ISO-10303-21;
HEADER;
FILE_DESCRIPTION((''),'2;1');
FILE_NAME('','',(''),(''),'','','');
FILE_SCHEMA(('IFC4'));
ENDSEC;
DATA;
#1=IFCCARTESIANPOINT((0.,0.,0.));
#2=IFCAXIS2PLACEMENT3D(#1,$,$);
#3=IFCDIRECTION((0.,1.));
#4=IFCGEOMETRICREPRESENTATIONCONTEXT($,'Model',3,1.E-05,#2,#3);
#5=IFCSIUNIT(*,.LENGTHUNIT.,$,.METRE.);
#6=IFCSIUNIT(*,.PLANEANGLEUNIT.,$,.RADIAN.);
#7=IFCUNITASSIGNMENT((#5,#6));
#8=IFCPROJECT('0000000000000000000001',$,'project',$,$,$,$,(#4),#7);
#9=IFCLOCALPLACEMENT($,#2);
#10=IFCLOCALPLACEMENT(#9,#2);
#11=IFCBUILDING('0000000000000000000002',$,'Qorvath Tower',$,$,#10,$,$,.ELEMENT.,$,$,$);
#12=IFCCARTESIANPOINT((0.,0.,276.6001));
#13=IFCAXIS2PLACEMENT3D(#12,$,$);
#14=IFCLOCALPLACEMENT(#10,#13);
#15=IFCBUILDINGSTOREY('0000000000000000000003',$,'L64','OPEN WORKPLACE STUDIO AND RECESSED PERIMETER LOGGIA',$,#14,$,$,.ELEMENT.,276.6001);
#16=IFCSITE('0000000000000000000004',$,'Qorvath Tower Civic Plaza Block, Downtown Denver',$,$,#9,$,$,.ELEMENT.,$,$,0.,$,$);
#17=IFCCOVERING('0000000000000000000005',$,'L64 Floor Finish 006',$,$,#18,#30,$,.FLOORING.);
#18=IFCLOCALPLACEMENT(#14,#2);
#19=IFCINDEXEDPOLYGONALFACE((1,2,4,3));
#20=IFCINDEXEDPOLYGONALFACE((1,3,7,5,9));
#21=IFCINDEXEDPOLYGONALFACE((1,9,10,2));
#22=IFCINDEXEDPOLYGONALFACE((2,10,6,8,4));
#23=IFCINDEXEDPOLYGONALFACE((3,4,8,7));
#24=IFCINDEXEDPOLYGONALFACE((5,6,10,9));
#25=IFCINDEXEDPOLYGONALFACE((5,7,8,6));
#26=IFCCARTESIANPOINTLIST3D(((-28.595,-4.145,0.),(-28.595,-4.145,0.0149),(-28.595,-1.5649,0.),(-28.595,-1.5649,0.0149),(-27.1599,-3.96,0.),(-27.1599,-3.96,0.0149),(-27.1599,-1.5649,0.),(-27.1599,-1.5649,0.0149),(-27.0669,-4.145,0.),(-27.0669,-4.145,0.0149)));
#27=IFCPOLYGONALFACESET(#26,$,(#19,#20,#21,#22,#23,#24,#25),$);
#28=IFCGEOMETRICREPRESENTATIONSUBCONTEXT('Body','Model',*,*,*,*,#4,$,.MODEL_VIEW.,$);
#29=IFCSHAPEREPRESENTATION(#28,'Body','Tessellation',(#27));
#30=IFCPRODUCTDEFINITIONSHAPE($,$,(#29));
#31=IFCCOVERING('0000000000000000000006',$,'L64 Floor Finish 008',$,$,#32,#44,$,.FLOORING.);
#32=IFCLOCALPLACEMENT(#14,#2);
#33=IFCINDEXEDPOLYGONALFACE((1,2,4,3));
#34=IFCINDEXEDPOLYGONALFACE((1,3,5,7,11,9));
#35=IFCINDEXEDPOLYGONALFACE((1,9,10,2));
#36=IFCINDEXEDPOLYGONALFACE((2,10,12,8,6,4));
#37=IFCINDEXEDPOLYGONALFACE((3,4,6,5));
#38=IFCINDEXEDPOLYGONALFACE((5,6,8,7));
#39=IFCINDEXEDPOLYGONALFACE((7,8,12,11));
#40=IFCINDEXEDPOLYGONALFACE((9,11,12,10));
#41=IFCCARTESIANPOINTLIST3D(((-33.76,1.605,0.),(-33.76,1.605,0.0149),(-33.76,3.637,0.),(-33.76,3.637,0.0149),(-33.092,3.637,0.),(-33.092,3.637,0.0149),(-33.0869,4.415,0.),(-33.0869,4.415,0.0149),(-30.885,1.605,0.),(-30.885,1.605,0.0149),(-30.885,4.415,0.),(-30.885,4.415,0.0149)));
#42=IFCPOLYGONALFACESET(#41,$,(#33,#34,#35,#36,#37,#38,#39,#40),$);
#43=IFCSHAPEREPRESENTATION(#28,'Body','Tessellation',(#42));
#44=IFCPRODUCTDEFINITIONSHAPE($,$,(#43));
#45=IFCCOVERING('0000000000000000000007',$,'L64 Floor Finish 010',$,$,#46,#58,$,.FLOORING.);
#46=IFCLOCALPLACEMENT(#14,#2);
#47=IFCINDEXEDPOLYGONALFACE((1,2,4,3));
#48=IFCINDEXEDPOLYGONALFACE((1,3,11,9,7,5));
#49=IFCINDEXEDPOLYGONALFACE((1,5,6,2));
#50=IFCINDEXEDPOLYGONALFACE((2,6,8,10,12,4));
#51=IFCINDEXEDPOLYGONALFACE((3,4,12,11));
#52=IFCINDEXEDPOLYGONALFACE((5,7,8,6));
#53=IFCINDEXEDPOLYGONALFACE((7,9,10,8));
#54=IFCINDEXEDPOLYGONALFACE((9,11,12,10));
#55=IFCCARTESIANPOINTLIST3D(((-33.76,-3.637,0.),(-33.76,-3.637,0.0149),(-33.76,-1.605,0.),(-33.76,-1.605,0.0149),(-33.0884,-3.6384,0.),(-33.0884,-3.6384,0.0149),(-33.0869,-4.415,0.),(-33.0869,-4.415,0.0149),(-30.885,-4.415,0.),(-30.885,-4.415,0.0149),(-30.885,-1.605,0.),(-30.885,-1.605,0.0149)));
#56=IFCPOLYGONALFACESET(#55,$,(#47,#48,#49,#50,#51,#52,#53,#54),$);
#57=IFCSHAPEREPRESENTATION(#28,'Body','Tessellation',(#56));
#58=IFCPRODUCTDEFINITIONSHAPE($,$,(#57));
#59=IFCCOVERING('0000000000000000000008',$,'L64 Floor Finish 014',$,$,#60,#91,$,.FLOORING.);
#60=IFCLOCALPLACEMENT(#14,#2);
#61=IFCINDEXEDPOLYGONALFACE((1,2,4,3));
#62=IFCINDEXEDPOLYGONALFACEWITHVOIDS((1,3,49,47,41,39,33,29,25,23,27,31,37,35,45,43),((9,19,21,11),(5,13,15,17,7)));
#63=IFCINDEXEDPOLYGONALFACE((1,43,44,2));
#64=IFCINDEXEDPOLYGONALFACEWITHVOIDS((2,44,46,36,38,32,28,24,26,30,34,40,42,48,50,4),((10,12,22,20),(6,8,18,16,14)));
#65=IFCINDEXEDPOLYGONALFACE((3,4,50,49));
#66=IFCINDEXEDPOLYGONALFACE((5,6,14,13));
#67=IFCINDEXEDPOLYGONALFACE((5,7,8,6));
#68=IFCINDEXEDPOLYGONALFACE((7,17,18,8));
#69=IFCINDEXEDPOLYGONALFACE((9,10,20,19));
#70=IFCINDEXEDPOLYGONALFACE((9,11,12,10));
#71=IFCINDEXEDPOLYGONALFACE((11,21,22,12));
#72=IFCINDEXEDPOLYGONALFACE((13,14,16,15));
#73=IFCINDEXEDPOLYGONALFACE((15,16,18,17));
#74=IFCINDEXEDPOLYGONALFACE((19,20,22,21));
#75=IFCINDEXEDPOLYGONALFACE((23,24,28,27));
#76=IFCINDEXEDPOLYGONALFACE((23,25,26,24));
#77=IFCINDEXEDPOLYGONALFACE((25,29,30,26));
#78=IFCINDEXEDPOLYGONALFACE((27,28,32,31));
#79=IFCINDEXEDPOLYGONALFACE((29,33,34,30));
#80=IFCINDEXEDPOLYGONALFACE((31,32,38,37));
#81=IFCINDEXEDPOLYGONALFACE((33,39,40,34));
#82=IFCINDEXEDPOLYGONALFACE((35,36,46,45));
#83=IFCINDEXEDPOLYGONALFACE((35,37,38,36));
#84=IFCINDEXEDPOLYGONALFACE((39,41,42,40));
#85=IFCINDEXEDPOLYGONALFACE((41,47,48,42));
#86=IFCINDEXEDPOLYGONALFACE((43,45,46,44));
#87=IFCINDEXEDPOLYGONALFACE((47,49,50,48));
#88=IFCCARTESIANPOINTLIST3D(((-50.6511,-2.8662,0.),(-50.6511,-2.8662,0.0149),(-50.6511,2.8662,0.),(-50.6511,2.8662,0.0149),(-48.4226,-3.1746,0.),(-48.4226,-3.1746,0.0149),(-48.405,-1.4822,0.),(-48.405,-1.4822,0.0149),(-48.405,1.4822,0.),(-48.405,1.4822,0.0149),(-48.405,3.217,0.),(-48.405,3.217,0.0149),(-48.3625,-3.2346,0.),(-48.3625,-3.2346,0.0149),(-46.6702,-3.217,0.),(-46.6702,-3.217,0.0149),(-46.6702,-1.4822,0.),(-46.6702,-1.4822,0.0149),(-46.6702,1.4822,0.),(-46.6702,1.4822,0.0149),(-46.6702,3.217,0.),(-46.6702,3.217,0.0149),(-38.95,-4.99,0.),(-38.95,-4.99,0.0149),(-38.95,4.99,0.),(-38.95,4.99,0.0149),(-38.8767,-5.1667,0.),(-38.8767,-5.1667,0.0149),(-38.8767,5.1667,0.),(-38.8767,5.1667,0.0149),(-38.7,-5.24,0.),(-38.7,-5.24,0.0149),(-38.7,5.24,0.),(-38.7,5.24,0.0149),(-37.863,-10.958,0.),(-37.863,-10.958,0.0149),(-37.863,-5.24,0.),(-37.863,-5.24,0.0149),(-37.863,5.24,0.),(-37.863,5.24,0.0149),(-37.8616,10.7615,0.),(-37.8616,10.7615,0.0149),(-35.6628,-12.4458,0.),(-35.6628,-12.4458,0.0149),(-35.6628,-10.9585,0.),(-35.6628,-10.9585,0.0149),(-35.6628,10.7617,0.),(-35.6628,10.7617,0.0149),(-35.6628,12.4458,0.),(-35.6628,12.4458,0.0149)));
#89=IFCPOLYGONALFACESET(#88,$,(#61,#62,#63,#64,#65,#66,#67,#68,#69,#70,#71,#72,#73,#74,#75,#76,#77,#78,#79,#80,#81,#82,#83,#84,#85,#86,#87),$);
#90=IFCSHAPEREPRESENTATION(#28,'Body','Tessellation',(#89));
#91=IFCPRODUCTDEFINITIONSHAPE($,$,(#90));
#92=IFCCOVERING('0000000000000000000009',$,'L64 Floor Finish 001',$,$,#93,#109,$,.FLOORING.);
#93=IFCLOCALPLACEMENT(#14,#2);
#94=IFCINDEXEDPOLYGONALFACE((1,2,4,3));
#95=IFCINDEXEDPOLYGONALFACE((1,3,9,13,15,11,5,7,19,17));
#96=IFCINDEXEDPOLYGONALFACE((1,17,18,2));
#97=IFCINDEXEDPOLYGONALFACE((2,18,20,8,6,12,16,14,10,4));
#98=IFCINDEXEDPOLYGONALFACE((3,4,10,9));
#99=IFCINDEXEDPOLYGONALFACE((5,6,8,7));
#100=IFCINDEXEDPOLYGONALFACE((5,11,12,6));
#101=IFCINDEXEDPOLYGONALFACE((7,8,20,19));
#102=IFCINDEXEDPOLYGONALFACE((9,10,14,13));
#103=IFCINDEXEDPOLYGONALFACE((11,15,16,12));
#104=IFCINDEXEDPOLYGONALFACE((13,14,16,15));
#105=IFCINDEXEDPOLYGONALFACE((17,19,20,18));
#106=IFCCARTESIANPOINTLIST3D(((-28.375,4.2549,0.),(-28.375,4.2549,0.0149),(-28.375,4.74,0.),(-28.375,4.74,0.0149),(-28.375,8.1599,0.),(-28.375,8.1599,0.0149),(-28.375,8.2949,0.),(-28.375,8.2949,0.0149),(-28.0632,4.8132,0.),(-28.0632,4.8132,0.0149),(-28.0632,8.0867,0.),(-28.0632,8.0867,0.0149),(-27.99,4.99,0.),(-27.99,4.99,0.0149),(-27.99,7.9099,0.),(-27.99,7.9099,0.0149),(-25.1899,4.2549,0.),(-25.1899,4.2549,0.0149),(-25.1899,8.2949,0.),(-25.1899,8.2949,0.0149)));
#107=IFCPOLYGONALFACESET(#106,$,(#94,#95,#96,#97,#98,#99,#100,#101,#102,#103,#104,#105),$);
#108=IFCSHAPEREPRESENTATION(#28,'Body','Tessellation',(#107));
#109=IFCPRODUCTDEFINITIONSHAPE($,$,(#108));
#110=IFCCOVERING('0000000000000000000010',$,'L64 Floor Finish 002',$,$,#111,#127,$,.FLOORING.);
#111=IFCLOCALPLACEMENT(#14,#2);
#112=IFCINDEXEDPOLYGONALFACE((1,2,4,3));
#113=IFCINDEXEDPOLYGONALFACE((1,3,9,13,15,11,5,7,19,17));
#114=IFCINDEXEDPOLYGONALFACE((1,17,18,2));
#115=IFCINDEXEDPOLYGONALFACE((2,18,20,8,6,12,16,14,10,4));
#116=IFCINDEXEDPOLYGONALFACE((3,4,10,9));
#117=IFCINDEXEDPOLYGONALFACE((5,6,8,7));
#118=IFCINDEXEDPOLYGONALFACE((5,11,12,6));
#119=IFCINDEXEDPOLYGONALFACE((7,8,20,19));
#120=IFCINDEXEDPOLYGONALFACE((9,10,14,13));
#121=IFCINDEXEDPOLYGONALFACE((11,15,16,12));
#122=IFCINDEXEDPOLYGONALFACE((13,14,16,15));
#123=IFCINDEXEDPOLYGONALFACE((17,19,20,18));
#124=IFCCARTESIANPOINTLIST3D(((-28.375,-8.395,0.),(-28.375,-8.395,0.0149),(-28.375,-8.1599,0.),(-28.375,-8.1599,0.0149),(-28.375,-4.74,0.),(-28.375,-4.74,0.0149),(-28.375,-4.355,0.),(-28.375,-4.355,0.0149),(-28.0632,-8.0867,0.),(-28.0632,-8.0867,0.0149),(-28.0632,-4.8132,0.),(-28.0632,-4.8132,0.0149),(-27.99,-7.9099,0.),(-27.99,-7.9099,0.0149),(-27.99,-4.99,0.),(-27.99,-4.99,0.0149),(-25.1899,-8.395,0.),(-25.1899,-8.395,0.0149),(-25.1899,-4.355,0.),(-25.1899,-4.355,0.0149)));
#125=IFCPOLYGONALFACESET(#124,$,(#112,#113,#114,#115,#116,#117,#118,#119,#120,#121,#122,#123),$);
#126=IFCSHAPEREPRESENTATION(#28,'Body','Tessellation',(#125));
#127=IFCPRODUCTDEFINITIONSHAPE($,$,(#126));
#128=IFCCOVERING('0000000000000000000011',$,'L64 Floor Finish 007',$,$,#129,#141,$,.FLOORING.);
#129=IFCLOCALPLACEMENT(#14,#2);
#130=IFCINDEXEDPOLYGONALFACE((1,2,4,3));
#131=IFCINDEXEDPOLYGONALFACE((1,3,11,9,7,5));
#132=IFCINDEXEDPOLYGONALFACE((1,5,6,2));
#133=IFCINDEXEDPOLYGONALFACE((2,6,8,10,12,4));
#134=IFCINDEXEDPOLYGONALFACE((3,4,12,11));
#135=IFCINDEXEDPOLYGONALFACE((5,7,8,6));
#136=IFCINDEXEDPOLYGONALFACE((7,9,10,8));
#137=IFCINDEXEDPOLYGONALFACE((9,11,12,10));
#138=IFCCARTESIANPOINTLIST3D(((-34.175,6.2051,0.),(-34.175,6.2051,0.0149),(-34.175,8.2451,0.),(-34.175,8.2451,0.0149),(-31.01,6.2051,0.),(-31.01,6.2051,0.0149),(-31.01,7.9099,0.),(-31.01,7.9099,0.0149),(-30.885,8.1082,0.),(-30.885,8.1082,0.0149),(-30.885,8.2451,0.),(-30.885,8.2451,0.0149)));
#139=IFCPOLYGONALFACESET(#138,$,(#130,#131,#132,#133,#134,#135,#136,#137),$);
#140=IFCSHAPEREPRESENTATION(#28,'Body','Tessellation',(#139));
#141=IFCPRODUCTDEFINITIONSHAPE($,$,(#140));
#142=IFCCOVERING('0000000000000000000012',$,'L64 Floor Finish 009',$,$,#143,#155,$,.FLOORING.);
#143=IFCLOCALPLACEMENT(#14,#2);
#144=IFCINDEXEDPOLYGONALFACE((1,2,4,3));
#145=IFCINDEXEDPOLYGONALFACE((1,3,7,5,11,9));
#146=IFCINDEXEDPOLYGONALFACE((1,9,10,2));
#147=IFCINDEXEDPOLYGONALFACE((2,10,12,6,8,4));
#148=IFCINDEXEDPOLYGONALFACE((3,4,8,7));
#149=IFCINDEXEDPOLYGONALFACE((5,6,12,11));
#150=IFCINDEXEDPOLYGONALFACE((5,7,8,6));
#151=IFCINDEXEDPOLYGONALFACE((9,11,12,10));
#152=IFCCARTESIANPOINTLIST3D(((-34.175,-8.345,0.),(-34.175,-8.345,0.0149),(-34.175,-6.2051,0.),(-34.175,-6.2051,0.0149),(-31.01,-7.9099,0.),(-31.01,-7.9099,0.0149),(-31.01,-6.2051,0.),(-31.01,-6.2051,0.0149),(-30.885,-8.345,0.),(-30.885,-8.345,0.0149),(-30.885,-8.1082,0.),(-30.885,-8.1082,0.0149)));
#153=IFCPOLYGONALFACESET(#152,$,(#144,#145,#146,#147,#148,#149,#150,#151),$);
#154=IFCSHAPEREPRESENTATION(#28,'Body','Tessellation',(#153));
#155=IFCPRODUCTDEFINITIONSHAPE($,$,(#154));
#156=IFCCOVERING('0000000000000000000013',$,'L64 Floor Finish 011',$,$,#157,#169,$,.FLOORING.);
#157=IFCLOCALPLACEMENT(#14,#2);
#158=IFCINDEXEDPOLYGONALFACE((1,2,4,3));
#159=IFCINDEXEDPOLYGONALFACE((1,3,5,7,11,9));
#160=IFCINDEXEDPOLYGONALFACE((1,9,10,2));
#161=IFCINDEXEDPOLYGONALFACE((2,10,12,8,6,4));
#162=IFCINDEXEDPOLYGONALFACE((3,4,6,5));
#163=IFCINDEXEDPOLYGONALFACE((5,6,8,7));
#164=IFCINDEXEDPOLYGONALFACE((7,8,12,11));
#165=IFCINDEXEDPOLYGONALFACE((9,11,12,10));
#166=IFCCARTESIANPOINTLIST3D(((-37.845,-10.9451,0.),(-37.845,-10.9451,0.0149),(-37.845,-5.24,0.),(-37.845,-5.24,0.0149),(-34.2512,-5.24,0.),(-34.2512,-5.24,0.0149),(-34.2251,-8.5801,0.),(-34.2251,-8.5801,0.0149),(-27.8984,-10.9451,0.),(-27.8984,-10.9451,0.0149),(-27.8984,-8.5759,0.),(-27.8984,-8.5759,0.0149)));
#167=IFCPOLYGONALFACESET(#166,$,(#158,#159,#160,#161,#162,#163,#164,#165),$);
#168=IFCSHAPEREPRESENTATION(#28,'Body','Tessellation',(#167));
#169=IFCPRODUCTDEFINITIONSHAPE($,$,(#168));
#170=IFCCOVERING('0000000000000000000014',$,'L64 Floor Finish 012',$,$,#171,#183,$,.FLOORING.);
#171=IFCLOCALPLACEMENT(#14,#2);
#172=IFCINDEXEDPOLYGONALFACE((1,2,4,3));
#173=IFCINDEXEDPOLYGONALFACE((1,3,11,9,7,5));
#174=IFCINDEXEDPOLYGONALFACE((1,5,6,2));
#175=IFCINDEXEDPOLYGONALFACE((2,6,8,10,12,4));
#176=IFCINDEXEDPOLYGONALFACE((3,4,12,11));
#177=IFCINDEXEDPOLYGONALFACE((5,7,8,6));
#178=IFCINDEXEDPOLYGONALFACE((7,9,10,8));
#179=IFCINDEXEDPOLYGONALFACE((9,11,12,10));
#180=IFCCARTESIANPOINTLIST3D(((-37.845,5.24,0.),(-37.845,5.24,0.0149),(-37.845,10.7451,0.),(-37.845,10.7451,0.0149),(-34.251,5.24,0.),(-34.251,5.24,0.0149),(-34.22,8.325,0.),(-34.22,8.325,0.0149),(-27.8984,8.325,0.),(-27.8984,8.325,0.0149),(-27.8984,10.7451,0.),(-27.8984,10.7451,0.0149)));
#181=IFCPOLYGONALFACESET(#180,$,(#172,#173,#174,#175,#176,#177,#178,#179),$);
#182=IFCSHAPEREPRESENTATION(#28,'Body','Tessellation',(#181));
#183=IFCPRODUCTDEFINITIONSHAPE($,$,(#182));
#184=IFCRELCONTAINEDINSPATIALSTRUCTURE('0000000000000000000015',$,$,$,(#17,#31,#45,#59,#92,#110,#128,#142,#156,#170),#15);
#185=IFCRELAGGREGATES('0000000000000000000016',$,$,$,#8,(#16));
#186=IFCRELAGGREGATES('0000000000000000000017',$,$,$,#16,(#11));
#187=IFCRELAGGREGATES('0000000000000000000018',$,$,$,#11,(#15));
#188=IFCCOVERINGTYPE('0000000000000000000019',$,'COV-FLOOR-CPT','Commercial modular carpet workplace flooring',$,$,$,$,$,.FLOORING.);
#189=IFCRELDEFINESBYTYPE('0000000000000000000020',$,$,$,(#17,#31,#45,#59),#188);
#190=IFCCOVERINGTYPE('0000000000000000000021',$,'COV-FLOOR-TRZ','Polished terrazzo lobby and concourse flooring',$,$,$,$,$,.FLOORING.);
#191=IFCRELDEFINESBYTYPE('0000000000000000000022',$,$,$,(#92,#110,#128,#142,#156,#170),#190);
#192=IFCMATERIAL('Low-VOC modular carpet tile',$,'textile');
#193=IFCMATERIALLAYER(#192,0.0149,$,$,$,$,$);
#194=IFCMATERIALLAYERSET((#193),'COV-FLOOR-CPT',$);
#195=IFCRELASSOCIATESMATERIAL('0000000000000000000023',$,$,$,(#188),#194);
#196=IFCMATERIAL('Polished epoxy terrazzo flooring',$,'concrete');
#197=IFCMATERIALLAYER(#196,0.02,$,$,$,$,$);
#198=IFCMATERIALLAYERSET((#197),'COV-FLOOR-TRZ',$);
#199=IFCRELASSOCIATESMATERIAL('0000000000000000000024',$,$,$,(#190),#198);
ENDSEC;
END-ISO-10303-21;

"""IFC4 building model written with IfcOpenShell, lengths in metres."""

from ifc_helpers import new_model, si_unit, direction, frame, origin, place, context, subcontext, project, spatial, polyline, outline, extrude, material, layer, layer_set, type_object, element, save


model = new_model("IFC4")

# Units and contexts
model_context = context("Model", 3, precision=1e-05, world=origin(), true_north=direction((0.0, 1.0)))
body_context = subcontext(model_context, "Body", "Model", "MODEL_VIEW")
ifc_project = project(units=[si_unit("LENGTHUNIT", "METRE"), si_unit("PLANEANGLEUNIT", "RADIAN")], contexts=[model_context])

# Site, building, storey
site_placement = place(None, origin())
site = spatial("IfcSite", under=ifc_project, at=site_placement, Name="Qorvath Tower Civic Plaza Block, Downtown Denver", CompositionType="ELEMENT", RefElevation=0.0)
building_placement = place(site_placement, origin())
building = spatial("IfcBuilding", under=site, at=building_placement, Name="Qorvath Tower", CompositionType="ELEMENT")
storey_placement = place(building_placement, frame((0.0, 0.0, 276.6001)))
storey = spatial("IfcBuildingStorey", under=building, at=storey_placement, Name="L64", Description="OPEN WORKPLACE STUDIO AND RECESSED PERIMETER LOGGIA", CompositionType="ELEMENT", Elevation=276.6001)

# Coverings
ifc_material_1 = material(Name="Low-VOC modular carpet tile", Category="textile")
ifc_layer_1 = layer(ifc_material_1, 0.0149)
ifc_layer_set_1 = layer_set([ifc_layer_1], Name="COV-FLOOR-CPT")
covering_type_1 = type_object("IfcCoveringType", Name="COV-FLOOR-CPT", Description="Commercial modular carpet workplace flooring", PredefinedType="FLOORING", material=ifc_layer_set_1)
covering_1_placement = place(storey_placement, origin())
element("IfcCovering", 1, at=covering_1_placement, inside=storey, type_object=covering_type_1, Name="L64 Floor Finish 006", PredefinedType="FLOORING", context=body_context, shape_type="SweptSolid", body=[
    extrude(outline(polyline([(-27.0669, -4.145), (-27.1599, -3.96), (-27.1599, -1.5649), (-28.595, -1.5649), (-28.595, -4.145), (-27.0669, -4.145)])), origin(), (0.0, 0.0, 1.0), 0.0149),
])
covering_2_placement = place(storey_placement, origin())
element("IfcCovering", 2, at=covering_2_placement, inside=storey, type_object=covering_type_1, Name="L64 Floor Finish 008", PredefinedType="FLOORING", context=body_context, shape_type="SweptSolid", body=[
    extrude(outline(polyline([(-33.76, 3.637), (-33.76, 1.605), (-30.885, 1.605), (-30.885, 4.415), (-33.0869, 4.415), (-33.092, 3.637), (-33.76, 3.637)])), origin(), (0.0, 0.0, 1.0), 0.0149),
])
covering_3_placement = place(storey_placement, origin())
element("IfcCovering", 3, at=covering_3_placement, inside=storey, type_object=covering_type_1, Name="L64 Floor Finish 010", PredefinedType="FLOORING", context=body_context, shape_type="SweptSolid", body=[
    extrude(outline(polyline([(-30.885, -4.415), (-30.885, -1.605), (-33.76, -1.605), (-33.76, -3.637), (-33.0884, -3.6384), (-33.0869, -4.415), (-30.885, -4.415)])), origin(), (0.0, 0.0, 1.0), 0.0149),
])
covering_4_placement = place(storey_placement, origin())
element("IfcCovering", 4, at=covering_4_placement, inside=storey, type_object=covering_type_1, Name="L64 Floor Finish 014", PredefinedType="FLOORING", context=body_context, shape_type="SweptSolid", body=[
    extrude(outline(polyline([(-50.6511, -2.8662), (-35.6628, -12.4458), (-35.6628, -10.9585), (-37.863, -10.958), (-37.863, -5.24), (-38.7, -5.24), (-38.8767, -5.1667), (-38.95, -4.99), (-38.95, 4.99), (-38.8767, 5.1667), (-38.7, 5.24), (-37.863, 5.24), (-37.8616, 10.7615), (-35.6628, 10.7617), (-35.6628, 12.4458), (-50.6511, 2.8662), (-50.6511, -2.8662)]), holes=[polyline([(-48.4226, -3.1746), (-48.405, -1.4822), (-46.6702, -1.4822), (-46.6702, -3.217), (-48.3625, -3.2346), (-48.4226, -3.1746)]), polyline([(-48.405, 1.4822), (-48.405, 3.217), (-46.6702, 3.217), (-46.6702, 1.4822), (-48.405, 1.4822)])]), origin(), (0.0, 0.0, 1.0), 0.0149),
])
ifc_material_2 = material(Name="Polished epoxy terrazzo flooring", Category="concrete")
ifc_layer_2 = layer(ifc_material_2, 0.02)
ifc_layer_set_2 = layer_set([ifc_layer_2], Name="COV-FLOOR-TRZ")
covering_type_2 = type_object("IfcCoveringType", Name="COV-FLOOR-TRZ", Description="Polished terrazzo lobby and concourse flooring", PredefinedType="FLOORING", material=ifc_layer_set_2)
covering_5_placement = place(storey_placement, origin())
element("IfcCovering", 5, at=covering_5_placement, inside=storey, type_object=covering_type_2, Name="L64 Floor Finish 001", PredefinedType="FLOORING", context=body_context, shape_type="SweptSolid", body=[
    extrude(outline(polyline([(-25.1899, 4.2549), (-25.1899, 8.2949), (-28.375, 8.2949), (-28.375, 8.1599), (-28.0632, 8.0867), (-27.99, 7.9099), (-27.99, 4.99), (-28.0632, 4.8132), (-28.375, 4.74), (-28.375, 4.2549), (-25.1899, 4.2549)])), origin(), (0.0, 0.0, 1.0), 0.0149),
])
covering_6_placement = place(storey_placement, origin())
element("IfcCovering", 6, at=covering_6_placement, inside=storey, type_object=covering_type_2, Name="L64 Floor Finish 002", PredefinedType="FLOORING", context=body_context, shape_type="SweptSolid", body=[
    extrude(outline(polyline([(-25.1899, -8.395), (-25.1899, -4.355), (-28.375, -4.355), (-28.375, -4.74), (-28.0632, -4.8132), (-27.99, -4.99), (-27.99, -7.9099), (-28.0632, -8.0867), (-28.375, -8.1599), (-28.375, -8.395), (-25.1899, -8.395)])), origin(), (0.0, 0.0, 1.0), 0.0149),
])
covering_7_placement = place(storey_placement, origin())
element("IfcCovering", 7, at=covering_7_placement, inside=storey, type_object=covering_type_2, Name="L64 Floor Finish 007", PredefinedType="FLOORING", context=body_context, shape_type="SweptSolid", body=[
    extrude(outline(polyline([(-31.01, 6.2051), (-31.01, 7.9099), (-30.885, 8.1082), (-30.885, 8.2451), (-34.175, 8.2451), (-34.175, 6.2051), (-31.01, 6.2051)])), origin(), (0.0, 0.0, 1.0), 0.0149),
])
covering_8_placement = place(storey_placement, origin())
element("IfcCovering", 8, at=covering_8_placement, inside=storey, type_object=covering_type_2, Name="L64 Floor Finish 009", PredefinedType="FLOORING", context=body_context, shape_type="SweptSolid", body=[
    extrude(outline(polyline([(-30.885, -8.345), (-30.885, -8.1082), (-31.01, -7.9099), (-31.01, -6.2051), (-34.175, -6.2051), (-34.175, -8.345), (-30.885, -8.345)])), origin(), (0.0, 0.0, 1.0), 0.0149),
])
covering_9_placement = place(storey_placement, origin())
element("IfcCovering", 9, at=covering_9_placement, inside=storey, type_object=covering_type_2, Name="L64 Floor Finish 011", PredefinedType="FLOORING", context=body_context, shape_type="SweptSolid", body=[
    extrude(outline(polyline([(-34.2251, -8.5801), (-34.2512, -5.24), (-37.845, -5.24), (-37.845, -10.9451), (-27.8984, -10.9451), (-27.8984, -8.5759), (-34.2251, -8.5801)])), origin(), (0.0, 0.0, 1.0), 0.0149),
])
covering_10_placement = place(storey_placement, origin())
element("IfcCovering", 10, at=covering_10_placement, inside=storey, type_object=covering_type_2, Name="L64 Floor Finish 012", PredefinedType="FLOORING", context=body_context, shape_type="SweptSolid", body=[
    extrude(outline(polyline([(-27.8984, 8.325), (-27.8984, 10.7451), (-37.845, 10.7451), (-37.845, 5.24), (-34.251, 5.24), (-34.22, 8.325), (-27.8984, 8.325)])), origin(), (0.0, 0.0, 1.0), 0.0149),
])

save(model, "model.ifc")
